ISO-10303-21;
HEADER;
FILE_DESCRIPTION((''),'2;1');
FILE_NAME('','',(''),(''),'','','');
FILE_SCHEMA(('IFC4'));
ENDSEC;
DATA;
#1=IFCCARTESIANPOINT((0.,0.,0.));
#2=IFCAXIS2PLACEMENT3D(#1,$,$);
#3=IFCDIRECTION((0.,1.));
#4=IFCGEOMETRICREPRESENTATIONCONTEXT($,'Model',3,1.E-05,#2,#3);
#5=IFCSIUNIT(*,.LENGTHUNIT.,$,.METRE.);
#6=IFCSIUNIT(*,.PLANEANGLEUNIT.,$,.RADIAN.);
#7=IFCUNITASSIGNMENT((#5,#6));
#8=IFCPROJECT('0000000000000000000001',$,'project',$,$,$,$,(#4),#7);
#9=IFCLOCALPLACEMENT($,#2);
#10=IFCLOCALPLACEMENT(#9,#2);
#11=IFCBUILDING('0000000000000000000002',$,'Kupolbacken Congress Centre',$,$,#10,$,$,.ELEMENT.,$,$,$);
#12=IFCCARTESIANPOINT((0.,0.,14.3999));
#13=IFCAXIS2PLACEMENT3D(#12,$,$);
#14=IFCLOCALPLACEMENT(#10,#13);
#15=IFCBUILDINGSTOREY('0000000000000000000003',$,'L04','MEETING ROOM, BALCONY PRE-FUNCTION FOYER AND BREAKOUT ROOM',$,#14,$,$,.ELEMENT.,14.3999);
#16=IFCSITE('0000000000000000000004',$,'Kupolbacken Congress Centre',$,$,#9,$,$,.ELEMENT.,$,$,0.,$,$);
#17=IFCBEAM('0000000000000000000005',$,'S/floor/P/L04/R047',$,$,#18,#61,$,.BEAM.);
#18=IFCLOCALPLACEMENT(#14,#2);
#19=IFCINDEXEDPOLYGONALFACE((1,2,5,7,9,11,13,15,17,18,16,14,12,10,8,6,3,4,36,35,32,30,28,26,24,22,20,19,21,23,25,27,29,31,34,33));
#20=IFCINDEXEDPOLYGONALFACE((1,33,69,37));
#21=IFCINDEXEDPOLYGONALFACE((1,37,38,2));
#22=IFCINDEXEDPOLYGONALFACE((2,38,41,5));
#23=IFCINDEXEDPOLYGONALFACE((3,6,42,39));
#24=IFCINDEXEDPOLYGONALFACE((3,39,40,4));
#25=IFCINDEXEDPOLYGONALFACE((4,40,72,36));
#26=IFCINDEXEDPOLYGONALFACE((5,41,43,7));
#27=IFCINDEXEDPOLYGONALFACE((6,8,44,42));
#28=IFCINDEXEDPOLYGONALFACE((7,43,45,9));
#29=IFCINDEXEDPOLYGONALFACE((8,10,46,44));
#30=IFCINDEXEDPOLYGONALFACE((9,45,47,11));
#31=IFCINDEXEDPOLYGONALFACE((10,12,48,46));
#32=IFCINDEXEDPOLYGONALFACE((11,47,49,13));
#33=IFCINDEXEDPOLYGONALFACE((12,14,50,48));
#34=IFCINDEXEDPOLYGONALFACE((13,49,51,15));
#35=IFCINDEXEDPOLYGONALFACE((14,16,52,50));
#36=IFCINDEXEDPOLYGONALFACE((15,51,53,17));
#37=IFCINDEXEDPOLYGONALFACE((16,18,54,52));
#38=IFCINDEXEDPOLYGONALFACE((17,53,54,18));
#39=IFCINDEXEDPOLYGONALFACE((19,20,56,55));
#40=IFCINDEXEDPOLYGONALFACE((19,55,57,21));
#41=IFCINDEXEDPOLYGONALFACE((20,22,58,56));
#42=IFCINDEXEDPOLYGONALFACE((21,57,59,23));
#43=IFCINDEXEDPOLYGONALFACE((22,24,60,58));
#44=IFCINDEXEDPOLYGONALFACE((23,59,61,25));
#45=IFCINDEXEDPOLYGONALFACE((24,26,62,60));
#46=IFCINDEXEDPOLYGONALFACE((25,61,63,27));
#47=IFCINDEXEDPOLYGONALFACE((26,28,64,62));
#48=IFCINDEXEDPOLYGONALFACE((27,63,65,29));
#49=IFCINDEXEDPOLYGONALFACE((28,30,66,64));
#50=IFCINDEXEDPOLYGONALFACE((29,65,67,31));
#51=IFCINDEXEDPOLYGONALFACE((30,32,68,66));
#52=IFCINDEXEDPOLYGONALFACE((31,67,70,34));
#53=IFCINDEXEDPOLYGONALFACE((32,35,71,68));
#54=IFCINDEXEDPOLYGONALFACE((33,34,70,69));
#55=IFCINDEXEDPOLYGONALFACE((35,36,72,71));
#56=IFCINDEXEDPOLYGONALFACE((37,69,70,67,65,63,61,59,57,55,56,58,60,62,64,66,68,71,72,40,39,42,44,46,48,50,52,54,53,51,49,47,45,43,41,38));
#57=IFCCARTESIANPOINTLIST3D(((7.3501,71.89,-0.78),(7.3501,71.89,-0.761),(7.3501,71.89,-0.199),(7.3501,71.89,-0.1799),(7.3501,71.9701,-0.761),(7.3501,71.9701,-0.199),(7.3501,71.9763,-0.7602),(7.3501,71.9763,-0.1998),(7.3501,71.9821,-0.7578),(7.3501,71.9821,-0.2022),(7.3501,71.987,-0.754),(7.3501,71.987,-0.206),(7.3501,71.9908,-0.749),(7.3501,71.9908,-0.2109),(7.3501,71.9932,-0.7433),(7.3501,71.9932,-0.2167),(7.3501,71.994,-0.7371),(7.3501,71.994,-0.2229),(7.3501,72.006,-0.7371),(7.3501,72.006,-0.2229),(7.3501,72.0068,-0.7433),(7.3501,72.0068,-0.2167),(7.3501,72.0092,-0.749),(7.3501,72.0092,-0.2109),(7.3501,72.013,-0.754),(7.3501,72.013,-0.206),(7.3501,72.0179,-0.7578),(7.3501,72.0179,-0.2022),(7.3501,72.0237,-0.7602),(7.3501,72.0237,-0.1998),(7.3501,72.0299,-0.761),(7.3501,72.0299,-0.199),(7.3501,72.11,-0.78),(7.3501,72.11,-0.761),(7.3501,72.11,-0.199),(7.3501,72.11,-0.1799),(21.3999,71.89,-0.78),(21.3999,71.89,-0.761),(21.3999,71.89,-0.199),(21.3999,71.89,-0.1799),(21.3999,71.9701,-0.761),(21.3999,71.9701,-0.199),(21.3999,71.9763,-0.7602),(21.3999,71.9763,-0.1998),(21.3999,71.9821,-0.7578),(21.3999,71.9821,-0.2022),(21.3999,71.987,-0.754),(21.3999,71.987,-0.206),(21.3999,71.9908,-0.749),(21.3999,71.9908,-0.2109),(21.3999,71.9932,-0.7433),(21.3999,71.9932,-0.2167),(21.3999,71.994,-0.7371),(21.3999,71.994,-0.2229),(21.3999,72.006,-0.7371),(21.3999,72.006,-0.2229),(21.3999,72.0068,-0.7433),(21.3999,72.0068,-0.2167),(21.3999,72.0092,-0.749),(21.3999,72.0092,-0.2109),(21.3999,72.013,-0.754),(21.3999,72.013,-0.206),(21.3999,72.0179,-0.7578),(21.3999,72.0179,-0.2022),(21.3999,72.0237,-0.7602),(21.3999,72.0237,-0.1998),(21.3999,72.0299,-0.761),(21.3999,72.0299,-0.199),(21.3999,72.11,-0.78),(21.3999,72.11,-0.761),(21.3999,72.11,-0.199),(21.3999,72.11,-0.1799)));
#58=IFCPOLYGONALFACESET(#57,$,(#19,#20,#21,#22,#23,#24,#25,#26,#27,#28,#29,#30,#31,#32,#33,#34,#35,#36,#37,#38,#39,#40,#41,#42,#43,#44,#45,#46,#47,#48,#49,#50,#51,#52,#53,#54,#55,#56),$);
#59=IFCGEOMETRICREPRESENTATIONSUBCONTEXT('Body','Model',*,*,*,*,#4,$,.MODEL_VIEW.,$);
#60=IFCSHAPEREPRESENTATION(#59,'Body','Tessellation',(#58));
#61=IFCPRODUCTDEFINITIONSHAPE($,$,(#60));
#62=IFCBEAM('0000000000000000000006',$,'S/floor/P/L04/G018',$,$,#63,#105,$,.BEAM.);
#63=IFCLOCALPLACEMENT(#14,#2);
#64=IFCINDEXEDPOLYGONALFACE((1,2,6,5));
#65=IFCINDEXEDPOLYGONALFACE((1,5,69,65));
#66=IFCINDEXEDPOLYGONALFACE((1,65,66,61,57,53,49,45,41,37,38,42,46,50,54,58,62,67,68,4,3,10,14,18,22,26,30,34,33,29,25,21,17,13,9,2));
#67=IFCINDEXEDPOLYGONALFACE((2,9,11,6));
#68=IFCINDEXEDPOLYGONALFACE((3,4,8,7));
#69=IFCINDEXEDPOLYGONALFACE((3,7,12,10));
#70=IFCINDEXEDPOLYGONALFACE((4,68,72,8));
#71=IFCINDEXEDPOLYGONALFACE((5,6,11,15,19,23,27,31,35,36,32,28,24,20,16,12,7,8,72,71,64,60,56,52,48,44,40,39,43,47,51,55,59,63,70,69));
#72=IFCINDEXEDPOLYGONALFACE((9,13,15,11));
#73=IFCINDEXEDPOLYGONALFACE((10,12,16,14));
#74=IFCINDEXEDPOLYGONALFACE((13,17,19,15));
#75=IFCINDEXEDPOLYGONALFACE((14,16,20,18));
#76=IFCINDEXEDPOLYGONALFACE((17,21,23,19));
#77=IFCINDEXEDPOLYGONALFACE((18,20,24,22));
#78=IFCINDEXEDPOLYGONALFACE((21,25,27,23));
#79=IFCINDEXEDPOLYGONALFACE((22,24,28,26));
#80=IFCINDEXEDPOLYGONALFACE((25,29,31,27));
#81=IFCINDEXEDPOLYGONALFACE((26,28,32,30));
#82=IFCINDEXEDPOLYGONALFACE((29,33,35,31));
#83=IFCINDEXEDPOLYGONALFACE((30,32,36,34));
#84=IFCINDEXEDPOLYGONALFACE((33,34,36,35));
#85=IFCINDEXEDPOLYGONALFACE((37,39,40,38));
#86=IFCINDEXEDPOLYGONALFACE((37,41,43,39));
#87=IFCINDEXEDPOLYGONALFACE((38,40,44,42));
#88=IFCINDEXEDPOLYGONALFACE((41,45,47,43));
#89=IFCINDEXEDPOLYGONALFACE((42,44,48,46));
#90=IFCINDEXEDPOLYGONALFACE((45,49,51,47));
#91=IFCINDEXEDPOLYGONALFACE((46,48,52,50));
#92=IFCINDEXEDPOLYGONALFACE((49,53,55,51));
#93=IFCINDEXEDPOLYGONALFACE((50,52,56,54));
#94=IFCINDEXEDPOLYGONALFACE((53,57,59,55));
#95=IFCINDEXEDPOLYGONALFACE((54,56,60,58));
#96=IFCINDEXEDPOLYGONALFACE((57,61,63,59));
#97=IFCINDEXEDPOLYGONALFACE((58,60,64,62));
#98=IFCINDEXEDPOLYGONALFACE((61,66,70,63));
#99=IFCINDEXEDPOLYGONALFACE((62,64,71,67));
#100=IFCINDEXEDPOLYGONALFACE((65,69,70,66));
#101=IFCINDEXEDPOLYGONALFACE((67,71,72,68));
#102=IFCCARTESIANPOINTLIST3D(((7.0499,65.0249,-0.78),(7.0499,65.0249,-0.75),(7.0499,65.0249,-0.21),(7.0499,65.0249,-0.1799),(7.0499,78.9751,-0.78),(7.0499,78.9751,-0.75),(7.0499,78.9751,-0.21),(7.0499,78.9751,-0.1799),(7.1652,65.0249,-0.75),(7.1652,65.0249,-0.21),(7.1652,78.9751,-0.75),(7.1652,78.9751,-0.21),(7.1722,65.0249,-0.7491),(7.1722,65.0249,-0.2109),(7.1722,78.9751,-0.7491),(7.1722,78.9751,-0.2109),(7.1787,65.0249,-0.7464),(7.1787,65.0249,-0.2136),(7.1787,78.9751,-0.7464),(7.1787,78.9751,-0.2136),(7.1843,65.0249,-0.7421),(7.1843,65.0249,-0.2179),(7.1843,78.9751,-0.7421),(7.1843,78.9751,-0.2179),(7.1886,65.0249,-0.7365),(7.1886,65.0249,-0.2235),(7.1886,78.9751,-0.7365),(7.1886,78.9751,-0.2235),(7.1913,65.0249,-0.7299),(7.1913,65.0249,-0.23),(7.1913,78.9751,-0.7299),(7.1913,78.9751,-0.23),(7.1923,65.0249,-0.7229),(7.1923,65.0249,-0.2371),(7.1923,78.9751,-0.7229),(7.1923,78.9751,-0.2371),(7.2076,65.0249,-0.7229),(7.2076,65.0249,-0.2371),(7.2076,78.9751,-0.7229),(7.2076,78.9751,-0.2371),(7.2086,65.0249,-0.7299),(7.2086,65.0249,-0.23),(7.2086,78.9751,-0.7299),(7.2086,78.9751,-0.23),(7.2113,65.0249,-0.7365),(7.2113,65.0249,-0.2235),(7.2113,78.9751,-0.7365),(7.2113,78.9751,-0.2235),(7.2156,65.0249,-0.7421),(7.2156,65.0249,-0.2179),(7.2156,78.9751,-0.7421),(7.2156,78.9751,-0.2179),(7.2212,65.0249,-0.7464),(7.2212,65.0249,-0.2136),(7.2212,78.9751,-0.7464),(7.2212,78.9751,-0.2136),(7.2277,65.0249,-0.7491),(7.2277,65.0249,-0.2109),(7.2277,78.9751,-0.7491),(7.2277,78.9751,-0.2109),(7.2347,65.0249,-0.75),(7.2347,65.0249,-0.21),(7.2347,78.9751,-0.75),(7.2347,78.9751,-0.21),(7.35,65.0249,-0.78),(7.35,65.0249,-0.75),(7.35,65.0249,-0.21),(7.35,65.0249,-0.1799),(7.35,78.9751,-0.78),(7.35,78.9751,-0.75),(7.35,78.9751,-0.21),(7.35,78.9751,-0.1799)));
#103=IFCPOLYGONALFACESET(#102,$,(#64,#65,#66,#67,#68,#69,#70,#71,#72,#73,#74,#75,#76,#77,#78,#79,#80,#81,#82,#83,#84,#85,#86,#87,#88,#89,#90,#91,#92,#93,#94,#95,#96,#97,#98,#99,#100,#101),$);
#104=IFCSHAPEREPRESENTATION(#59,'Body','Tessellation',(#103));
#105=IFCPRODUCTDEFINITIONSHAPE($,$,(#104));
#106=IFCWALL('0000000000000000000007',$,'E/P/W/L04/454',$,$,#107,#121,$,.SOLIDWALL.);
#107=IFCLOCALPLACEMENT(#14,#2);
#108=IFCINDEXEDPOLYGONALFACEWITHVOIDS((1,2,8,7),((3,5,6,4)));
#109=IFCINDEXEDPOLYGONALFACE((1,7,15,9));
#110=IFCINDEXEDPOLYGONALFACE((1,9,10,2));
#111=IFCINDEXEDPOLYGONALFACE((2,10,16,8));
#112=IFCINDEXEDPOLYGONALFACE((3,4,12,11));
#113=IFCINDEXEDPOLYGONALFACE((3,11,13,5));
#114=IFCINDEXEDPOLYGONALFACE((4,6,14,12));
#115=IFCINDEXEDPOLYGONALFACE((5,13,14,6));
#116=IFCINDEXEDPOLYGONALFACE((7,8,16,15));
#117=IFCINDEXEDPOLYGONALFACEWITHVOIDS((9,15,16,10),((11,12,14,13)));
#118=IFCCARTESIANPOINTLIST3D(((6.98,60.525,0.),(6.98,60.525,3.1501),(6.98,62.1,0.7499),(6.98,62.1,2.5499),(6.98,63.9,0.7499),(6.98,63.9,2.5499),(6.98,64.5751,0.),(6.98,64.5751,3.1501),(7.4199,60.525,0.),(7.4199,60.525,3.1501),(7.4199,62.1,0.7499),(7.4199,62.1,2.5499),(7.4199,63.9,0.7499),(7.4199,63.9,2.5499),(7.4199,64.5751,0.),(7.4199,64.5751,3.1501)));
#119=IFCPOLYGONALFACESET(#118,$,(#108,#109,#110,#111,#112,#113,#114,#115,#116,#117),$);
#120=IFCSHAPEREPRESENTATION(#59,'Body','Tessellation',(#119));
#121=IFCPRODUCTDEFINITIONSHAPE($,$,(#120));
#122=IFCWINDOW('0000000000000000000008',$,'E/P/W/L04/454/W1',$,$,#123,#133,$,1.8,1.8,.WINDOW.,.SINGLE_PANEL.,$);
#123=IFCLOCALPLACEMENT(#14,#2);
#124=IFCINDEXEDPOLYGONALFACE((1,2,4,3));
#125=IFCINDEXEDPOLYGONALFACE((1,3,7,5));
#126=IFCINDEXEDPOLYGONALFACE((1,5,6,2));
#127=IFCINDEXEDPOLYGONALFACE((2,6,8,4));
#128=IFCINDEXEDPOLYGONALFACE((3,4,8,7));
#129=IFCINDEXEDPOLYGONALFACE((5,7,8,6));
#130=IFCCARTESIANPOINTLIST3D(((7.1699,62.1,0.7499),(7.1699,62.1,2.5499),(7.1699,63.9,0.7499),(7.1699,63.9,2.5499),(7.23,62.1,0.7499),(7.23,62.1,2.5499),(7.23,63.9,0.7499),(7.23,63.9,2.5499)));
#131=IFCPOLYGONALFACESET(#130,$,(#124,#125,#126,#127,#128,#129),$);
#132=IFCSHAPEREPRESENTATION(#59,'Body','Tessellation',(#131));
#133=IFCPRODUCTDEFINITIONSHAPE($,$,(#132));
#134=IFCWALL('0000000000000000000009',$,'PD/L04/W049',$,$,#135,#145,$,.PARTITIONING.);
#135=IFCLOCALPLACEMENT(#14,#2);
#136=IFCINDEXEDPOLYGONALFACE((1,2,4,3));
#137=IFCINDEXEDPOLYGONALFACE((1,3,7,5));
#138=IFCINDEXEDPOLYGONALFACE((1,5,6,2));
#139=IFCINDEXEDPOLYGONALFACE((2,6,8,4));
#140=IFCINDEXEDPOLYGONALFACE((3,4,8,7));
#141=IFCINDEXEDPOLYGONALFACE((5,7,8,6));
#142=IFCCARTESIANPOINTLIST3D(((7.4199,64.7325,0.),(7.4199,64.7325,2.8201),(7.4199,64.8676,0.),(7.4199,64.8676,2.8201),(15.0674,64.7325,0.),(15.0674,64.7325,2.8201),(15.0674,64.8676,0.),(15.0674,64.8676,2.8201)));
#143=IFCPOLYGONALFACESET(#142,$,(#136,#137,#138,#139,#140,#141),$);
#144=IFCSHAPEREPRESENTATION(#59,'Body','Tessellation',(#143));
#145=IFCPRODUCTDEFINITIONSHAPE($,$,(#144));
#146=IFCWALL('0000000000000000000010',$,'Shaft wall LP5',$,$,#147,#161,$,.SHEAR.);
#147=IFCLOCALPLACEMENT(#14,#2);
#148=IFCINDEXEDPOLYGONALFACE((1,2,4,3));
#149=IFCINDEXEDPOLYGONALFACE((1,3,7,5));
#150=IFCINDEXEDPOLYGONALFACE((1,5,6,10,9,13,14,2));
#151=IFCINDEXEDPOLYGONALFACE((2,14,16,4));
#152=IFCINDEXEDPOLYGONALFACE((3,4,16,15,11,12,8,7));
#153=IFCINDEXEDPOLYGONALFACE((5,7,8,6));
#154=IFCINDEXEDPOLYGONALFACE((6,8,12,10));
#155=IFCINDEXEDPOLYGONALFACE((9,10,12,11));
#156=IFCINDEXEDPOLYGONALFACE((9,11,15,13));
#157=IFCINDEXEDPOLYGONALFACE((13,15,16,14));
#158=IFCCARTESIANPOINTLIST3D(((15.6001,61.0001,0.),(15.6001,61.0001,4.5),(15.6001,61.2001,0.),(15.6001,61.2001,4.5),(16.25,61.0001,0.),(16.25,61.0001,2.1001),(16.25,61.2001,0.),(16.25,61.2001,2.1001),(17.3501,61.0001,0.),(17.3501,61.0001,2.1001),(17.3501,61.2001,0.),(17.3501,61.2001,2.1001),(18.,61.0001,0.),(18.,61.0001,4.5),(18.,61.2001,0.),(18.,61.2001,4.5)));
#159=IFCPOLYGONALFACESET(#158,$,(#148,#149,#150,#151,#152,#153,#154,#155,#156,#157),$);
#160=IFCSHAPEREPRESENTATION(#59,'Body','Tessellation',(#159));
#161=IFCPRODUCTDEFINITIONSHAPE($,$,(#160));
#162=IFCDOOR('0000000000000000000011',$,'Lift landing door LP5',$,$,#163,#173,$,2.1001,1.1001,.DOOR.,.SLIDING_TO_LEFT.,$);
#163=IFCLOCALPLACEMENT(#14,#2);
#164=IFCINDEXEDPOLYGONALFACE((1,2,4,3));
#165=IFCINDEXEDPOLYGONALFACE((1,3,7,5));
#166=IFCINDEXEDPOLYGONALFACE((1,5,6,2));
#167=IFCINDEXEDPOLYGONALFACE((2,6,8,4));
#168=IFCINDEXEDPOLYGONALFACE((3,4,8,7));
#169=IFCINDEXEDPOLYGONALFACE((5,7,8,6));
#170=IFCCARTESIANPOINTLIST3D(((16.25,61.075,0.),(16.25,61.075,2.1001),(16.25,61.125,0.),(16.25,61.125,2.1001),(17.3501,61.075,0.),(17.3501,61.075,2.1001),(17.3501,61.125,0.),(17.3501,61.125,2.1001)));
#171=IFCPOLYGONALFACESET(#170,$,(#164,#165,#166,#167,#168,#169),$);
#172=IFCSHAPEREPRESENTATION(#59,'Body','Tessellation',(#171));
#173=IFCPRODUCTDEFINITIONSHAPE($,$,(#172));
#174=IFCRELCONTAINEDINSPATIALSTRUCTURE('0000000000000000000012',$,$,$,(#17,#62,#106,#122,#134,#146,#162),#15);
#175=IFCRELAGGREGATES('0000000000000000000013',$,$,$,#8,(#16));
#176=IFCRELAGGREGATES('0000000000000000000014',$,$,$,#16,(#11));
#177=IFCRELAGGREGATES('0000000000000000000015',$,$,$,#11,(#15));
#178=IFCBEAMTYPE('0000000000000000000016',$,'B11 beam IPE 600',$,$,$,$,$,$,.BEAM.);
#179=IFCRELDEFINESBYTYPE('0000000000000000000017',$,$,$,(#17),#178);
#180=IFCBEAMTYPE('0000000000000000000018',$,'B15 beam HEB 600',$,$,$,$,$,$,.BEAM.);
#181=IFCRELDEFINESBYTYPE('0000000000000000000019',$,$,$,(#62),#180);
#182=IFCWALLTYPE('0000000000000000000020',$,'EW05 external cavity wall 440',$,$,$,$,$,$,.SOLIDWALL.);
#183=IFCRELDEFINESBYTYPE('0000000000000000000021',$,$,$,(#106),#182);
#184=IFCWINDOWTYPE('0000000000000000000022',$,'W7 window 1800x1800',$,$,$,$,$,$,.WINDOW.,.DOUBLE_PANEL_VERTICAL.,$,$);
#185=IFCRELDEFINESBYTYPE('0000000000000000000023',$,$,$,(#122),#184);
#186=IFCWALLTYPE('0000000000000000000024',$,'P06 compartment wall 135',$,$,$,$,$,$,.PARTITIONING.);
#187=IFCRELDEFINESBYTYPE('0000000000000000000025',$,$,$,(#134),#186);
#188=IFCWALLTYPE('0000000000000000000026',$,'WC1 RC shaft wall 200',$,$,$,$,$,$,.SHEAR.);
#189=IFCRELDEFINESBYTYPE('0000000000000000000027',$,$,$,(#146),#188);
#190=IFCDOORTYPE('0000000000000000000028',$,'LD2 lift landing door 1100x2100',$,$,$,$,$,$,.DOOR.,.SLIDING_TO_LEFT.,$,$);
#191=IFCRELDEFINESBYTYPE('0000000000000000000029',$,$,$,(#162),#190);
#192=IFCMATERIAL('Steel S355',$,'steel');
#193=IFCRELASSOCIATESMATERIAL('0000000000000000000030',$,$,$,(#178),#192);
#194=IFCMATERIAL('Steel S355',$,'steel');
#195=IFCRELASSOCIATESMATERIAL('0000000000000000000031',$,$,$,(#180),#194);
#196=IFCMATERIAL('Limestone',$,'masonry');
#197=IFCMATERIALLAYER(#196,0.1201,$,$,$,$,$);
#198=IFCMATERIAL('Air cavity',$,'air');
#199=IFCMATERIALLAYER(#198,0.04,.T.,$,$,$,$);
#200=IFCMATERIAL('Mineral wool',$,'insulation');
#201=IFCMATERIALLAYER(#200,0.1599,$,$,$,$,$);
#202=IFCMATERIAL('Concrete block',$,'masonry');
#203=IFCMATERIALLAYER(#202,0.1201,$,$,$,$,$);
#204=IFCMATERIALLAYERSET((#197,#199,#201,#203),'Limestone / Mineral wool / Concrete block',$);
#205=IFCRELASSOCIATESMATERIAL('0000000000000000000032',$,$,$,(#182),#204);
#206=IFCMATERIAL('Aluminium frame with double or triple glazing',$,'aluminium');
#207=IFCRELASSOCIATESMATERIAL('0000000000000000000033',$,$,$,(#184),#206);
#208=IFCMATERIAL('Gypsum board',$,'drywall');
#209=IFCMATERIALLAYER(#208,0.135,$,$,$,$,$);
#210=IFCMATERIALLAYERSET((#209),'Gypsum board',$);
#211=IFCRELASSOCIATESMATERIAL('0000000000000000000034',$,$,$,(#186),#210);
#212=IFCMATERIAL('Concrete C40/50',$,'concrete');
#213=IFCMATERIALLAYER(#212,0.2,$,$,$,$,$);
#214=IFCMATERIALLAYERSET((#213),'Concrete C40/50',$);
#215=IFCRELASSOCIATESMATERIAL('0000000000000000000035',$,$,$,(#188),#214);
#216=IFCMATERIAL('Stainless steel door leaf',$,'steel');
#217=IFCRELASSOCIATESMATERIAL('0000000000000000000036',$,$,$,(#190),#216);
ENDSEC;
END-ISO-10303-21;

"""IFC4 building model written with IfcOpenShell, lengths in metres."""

from ifc_helpers import new_model, si_unit, direction, frame, frame_2d, origin, origin_2d, place, context, subcontext, project, spatial, rectangle, i_section, extrude, material, layer, layer_set, material_profile, profile_set, type_object, element, fill, save


model = new_model("IFC4")

# Units and contexts
model_context = context("Model", 3, precision=1e-05, world=origin(), true_north=direction((0.0, 1.0)))
body_context = subcontext(model_context, "Body", "Model", "MODEL_VIEW")
ifc_project = project(units=[si_unit("LENGTHUNIT", "METRE"), si_unit("PLANEANGLEUNIT", "RADIAN")], contexts=[model_context])

# Site, building, storey
site_placement = place(None, origin())
site = spatial("IfcSite", under=ifc_project, at=site_placement, Name="Kupolbacken Congress Centre", CompositionType="ELEMENT", RefElevation=0.0)
building_placement = place(site_placement, origin())
building = spatial("IfcBuilding", under=site, at=building_placement, Name="Kupolbacken Congress Centre", CompositionType="ELEMENT")
storey_placement = place(building_placement, frame((0.0, 0.0, 14.3999)))
storey = spatial("IfcBuildingStorey", under=building, at=storey_placement, Name="L04", Description="MEETING ROOM, BALCONY PRE-FUNCTION FOYER AND BREAKOUT ROOM", CompositionType="ELEMENT", Elevation=14.3999)

# Beams
ifc_material_1 = material(Name="Steel S355", Category="steel")
ifc_material_profile_1 = material_profile(ifc_material_1, i_section(OverallWidth=0.22, OverallDepth=0.6001, WebThickness=0.012, FlangeThickness=0.019, FilletRadius=0.0239, at=origin_2d()), Name="IPE 600")
ifc_profile_set_1 = profile_set([ifc_material_profile_1], Name="Steel S355")
beam_type_1 = type_object("IfcBeamType", Name="B11 beam IPE 600", PredefinedType="BEAM", material=ifc_profile_set_1)
beam_1_placement = place(storey_placement, frame((7.3501, 72.0, -0.48), z_axis=(1.0, 0.0, 0.0), x_axis=(0.0, 1.0, 0.0)))
element("IfcBeam", 1, at=beam_1_placement, inside=storey, type_object=beam_type_1, Name="S/floor/P/L04/R047", PredefinedType="BEAM", context=body_context, shape_type="SweptSolid", body=[
    extrude(i_section(OverallWidth=0.22, OverallDepth=0.6001, WebThickness=0.012, FlangeThickness=0.019, FilletRadius=0.0239, at=origin_2d()), origin(), (0.0, 0.0, 1.0), 14.0498),
])
ifc_material_2 = material(Name="Steel S355", Category="steel")
ifc_material_profile_2 = material_profile(ifc_material_2, i_section(OverallWidth=0.3, OverallDepth=0.6001, WebThickness=0.0154, FlangeThickness=0.03, FilletRadius=0.0271, at=origin_2d()), Name="HEB 600")
ifc_profile_set_2 = profile_set([ifc_material_profile_2], Name="Steel S355")
beam_type_2 = type_object("IfcBeamType", Name="B15 beam HEB 600", PredefinedType="BEAM", material=ifc_profile_set_2)
beam_2_placement = place(storey_placement, frame((7.2, 65.0249, -0.48), z_axis=(0.0, 1.0, 0.0), x_axis=(-1.0, 0.0, 0.0)))
element("IfcBeam", 2, at=beam_2_placement, inside=storey, type_object=beam_type_2, Name="S/floor/P/L04/G018", PredefinedType="BEAM", context=body_context, shape_type="SweptSolid", body=[
    extrude(i_section(OverallWidth=0.3, OverallDepth=0.6001, WebThickness=0.0154, FlangeThickness=0.03, FilletRadius=0.0271, at=origin_2d()), origin(), (0.0, 0.0, 1.0), 13.9502),
])

# Wall, opening, window
ifc_material_3 = material(Name="Limestone", Category="masonry")
ifc_layer_1 = layer(ifc_material_3, 0.1201)
ifc_material_4 = material(Name="Air cavity", Category="air")
ifc_layer_2 = layer(ifc_material_4, 0.04, ventilated=True)
ifc_material_5 = material(Name="Mineral wool", Category="insulation")
ifc_layer_3 = layer(ifc_material_5, 0.1599)
ifc_material_6 = material(Name="Concrete block", Category="masonry")
ifc_layer_4 = layer(ifc_material_6, 0.1201)
ifc_layer_set_1 = layer_set([ifc_layer_1, ifc_layer_2, ifc_layer_3, ifc_layer_4], Name="Limestone / Mineral wool / Concrete block")
wall_type_1 = type_object("IfcWallType", Name="EW05 external cavity wall 440", PredefinedType="SOLIDWALL", material=ifc_layer_set_1)
wall_1_placement = place(storey_placement, frame((7.2, 64.575, 0.0), z_axis=(0.0, 0.0, 1.0), x_axis=(0.0, -1.0, 0.0)))
wall_1 = element("IfcWall", 3, at=wall_1_placement, inside=storey, type_object=wall_type_1, Name="E/P/W/L04/454", PredefinedType="SOLIDWALL", context=body_context, shape_type="SweptSolid", body=[
    extrude(rectangle(XDim=4.05, YDim=0.4399, at=frame_2d((2.0249, 0.0))), origin(), (0.0, 0.0, 1.0), 3.1501),
])
opening_1_placement = place(wall_1_placement, frame((0.675, 0.0, 0.75)))
opening_1 = element("IfcOpeningElement", 4, at=opening_1_placement, cuts=wall_1, PredefinedType="OPENING", context=body_context, shape_type="SweptSolid", body=[
    extrude(rectangle(XDim=1.8, YDim=1.8, at=frame_2d((0.8999, 0.8999))), frame((0.0, 0.23, 0.0), z_axis=(0.0, -1.0, 0.0), x_axis=(1.0, 0.0, 0.0)), (0.0, 0.0, 1.0), 0.46),
])
ifc_material_7 = material(Name="Aluminium frame with double or triple glazing", Category="aluminium")
window_type = type_object("IfcWindowType", Name="W7 window 1800x1800", PartitioningType="DOUBLE_PANEL_VERTICAL", PredefinedType="WINDOW", material=ifc_material_7)
window_placement = place(opening_1_placement, origin())
window = element("IfcWindow", 5, at=window_placement, inside=storey, type_object=window_type, Name="E/P/W/L04/454/W1", OverallHeight=1.8, OverallWidth=1.8, PartitioningType="SINGLE_PANEL", PredefinedType="WINDOW", context=body_context, shape_type="SweptSolid", body=[
    extrude(rectangle(XDim=1.8, YDim=1.8, at=frame_2d((0.8999, 0.8999))), frame((0.0, 0.03, 0.0), z_axis=(0.0, -1.0, 0.0), x_axis=(1.0, 0.0, 0.0)), (0.0, 0.0, 1.0), 0.0601),
])
fill(opening_1, window)

# Wall
ifc_material_8 = material(Name="Gypsum board", Category="drywall")
ifc_layer_5 = layer(ifc_material_8, 0.135)
ifc_layer_set_2 = layer_set([ifc_layer_5], Name="Gypsum board")
wall_type_2 = type_object("IfcWallType", Name="P06 compartment wall 135", PredefinedType="PARTITIONING", material=ifc_layer_set_2)
wall_2_placement = place(storey_placement, frame((15.0674, 64.8, 0.0), z_axis=(0.0, 0.0, 1.0), x_axis=(-1.0, 0.0, 0.0)))
element("IfcWall", 6, at=wall_2_placement, inside=storey, type_object=wall_type_2, Name="PD/L04/W049", PredefinedType="PARTITIONING", context=body_context, shape_type="SweptSolid", body=[
    extrude(rectangle(XDim=7.6475, YDim=0.135, at=frame_2d((3.8237, 0.0))), origin(), (0.0, 0.0, 1.0), 2.8201),
])

# Wall, opening, door
ifc_material_9 = material(Name="Concrete C40/50", Category="concrete")
ifc_layer_6 = layer(ifc_material_9, 0.2)
ifc_layer_set_3 = layer_set([ifc_layer_6], Name="Concrete C40/50")
wall_type_3 = type_object("IfcWallType", Name="WC1 RC shaft wall 200", PredefinedType="SHEAR", material=ifc_layer_set_3)
wall_3_placement = place(storey_placement, frame((15.6001, 61.1001, 0.0), z_axis=(0.0, 0.0, 1.0), x_axis=(1.0, 0.0, 0.0)))
wall_3 = element("IfcWall", 7, at=wall_3_placement, inside=storey, type_object=wall_type_3, Name="Shaft wall LP5", PredefinedType="SHEAR", context=body_context, shape_type="SweptSolid", body=[
    extrude(rectangle(XDim=2.3999, YDim=0.2, at=frame_2d((1.2, 0.0))), origin(), (0.0, 0.0, 1.0), 4.5),
])
opening_2_placement = place(wall_3_placement, frame((0.6499, 0.0, 0.0)))
opening_2 = element("IfcOpeningElement", 8, at=opening_2_placement, cuts=wall_3, PredefinedType="OPENING", context=body_context, shape_type="SweptSolid", body=[
    extrude(rectangle(XDim=1.1001, YDim=2.1001, at=frame_2d((0.55, 1.05))), frame((0.0, 0.1099, 0.0), z_axis=(0.0, -1.0, 0.0), x_axis=(1.0, 0.0, 0.0)), (0.0, 0.0, 1.0), 0.22),
])
ifc_material_10 = material(Name="Stainless steel door leaf", Category="steel")
door_type = type_object("IfcDoorType", Name="LD2 lift landing door 1100x2100", OperationType="SLIDING_TO_LEFT", PredefinedType="DOOR", material=ifc_material_10)
door_placement = place(opening_2_placement, origin())
door = element("IfcDoor", 9, at=door_placement, inside=storey, type_object=door_type, Name="Lift landing door LP5", OperationType="SLIDING_TO_LEFT", OverallHeight=2.1001, OverallWidth=1.1001, PredefinedType="DOOR", context=body_context, shape_type="SweptSolid", body=[
    extrude(rectangle(XDim=1.1001, YDim=2.1001, at=frame_2d((0.55, 1.05))), frame((0.0, 0.0249, 0.0), z_axis=(0.0, -1.0, 0.0), x_axis=(1.0, 0.0, 0.0)), (0.0, 0.0, 1.0), 0.05),
])
fill(opening_2, door)

save(model, "model.ifc")
